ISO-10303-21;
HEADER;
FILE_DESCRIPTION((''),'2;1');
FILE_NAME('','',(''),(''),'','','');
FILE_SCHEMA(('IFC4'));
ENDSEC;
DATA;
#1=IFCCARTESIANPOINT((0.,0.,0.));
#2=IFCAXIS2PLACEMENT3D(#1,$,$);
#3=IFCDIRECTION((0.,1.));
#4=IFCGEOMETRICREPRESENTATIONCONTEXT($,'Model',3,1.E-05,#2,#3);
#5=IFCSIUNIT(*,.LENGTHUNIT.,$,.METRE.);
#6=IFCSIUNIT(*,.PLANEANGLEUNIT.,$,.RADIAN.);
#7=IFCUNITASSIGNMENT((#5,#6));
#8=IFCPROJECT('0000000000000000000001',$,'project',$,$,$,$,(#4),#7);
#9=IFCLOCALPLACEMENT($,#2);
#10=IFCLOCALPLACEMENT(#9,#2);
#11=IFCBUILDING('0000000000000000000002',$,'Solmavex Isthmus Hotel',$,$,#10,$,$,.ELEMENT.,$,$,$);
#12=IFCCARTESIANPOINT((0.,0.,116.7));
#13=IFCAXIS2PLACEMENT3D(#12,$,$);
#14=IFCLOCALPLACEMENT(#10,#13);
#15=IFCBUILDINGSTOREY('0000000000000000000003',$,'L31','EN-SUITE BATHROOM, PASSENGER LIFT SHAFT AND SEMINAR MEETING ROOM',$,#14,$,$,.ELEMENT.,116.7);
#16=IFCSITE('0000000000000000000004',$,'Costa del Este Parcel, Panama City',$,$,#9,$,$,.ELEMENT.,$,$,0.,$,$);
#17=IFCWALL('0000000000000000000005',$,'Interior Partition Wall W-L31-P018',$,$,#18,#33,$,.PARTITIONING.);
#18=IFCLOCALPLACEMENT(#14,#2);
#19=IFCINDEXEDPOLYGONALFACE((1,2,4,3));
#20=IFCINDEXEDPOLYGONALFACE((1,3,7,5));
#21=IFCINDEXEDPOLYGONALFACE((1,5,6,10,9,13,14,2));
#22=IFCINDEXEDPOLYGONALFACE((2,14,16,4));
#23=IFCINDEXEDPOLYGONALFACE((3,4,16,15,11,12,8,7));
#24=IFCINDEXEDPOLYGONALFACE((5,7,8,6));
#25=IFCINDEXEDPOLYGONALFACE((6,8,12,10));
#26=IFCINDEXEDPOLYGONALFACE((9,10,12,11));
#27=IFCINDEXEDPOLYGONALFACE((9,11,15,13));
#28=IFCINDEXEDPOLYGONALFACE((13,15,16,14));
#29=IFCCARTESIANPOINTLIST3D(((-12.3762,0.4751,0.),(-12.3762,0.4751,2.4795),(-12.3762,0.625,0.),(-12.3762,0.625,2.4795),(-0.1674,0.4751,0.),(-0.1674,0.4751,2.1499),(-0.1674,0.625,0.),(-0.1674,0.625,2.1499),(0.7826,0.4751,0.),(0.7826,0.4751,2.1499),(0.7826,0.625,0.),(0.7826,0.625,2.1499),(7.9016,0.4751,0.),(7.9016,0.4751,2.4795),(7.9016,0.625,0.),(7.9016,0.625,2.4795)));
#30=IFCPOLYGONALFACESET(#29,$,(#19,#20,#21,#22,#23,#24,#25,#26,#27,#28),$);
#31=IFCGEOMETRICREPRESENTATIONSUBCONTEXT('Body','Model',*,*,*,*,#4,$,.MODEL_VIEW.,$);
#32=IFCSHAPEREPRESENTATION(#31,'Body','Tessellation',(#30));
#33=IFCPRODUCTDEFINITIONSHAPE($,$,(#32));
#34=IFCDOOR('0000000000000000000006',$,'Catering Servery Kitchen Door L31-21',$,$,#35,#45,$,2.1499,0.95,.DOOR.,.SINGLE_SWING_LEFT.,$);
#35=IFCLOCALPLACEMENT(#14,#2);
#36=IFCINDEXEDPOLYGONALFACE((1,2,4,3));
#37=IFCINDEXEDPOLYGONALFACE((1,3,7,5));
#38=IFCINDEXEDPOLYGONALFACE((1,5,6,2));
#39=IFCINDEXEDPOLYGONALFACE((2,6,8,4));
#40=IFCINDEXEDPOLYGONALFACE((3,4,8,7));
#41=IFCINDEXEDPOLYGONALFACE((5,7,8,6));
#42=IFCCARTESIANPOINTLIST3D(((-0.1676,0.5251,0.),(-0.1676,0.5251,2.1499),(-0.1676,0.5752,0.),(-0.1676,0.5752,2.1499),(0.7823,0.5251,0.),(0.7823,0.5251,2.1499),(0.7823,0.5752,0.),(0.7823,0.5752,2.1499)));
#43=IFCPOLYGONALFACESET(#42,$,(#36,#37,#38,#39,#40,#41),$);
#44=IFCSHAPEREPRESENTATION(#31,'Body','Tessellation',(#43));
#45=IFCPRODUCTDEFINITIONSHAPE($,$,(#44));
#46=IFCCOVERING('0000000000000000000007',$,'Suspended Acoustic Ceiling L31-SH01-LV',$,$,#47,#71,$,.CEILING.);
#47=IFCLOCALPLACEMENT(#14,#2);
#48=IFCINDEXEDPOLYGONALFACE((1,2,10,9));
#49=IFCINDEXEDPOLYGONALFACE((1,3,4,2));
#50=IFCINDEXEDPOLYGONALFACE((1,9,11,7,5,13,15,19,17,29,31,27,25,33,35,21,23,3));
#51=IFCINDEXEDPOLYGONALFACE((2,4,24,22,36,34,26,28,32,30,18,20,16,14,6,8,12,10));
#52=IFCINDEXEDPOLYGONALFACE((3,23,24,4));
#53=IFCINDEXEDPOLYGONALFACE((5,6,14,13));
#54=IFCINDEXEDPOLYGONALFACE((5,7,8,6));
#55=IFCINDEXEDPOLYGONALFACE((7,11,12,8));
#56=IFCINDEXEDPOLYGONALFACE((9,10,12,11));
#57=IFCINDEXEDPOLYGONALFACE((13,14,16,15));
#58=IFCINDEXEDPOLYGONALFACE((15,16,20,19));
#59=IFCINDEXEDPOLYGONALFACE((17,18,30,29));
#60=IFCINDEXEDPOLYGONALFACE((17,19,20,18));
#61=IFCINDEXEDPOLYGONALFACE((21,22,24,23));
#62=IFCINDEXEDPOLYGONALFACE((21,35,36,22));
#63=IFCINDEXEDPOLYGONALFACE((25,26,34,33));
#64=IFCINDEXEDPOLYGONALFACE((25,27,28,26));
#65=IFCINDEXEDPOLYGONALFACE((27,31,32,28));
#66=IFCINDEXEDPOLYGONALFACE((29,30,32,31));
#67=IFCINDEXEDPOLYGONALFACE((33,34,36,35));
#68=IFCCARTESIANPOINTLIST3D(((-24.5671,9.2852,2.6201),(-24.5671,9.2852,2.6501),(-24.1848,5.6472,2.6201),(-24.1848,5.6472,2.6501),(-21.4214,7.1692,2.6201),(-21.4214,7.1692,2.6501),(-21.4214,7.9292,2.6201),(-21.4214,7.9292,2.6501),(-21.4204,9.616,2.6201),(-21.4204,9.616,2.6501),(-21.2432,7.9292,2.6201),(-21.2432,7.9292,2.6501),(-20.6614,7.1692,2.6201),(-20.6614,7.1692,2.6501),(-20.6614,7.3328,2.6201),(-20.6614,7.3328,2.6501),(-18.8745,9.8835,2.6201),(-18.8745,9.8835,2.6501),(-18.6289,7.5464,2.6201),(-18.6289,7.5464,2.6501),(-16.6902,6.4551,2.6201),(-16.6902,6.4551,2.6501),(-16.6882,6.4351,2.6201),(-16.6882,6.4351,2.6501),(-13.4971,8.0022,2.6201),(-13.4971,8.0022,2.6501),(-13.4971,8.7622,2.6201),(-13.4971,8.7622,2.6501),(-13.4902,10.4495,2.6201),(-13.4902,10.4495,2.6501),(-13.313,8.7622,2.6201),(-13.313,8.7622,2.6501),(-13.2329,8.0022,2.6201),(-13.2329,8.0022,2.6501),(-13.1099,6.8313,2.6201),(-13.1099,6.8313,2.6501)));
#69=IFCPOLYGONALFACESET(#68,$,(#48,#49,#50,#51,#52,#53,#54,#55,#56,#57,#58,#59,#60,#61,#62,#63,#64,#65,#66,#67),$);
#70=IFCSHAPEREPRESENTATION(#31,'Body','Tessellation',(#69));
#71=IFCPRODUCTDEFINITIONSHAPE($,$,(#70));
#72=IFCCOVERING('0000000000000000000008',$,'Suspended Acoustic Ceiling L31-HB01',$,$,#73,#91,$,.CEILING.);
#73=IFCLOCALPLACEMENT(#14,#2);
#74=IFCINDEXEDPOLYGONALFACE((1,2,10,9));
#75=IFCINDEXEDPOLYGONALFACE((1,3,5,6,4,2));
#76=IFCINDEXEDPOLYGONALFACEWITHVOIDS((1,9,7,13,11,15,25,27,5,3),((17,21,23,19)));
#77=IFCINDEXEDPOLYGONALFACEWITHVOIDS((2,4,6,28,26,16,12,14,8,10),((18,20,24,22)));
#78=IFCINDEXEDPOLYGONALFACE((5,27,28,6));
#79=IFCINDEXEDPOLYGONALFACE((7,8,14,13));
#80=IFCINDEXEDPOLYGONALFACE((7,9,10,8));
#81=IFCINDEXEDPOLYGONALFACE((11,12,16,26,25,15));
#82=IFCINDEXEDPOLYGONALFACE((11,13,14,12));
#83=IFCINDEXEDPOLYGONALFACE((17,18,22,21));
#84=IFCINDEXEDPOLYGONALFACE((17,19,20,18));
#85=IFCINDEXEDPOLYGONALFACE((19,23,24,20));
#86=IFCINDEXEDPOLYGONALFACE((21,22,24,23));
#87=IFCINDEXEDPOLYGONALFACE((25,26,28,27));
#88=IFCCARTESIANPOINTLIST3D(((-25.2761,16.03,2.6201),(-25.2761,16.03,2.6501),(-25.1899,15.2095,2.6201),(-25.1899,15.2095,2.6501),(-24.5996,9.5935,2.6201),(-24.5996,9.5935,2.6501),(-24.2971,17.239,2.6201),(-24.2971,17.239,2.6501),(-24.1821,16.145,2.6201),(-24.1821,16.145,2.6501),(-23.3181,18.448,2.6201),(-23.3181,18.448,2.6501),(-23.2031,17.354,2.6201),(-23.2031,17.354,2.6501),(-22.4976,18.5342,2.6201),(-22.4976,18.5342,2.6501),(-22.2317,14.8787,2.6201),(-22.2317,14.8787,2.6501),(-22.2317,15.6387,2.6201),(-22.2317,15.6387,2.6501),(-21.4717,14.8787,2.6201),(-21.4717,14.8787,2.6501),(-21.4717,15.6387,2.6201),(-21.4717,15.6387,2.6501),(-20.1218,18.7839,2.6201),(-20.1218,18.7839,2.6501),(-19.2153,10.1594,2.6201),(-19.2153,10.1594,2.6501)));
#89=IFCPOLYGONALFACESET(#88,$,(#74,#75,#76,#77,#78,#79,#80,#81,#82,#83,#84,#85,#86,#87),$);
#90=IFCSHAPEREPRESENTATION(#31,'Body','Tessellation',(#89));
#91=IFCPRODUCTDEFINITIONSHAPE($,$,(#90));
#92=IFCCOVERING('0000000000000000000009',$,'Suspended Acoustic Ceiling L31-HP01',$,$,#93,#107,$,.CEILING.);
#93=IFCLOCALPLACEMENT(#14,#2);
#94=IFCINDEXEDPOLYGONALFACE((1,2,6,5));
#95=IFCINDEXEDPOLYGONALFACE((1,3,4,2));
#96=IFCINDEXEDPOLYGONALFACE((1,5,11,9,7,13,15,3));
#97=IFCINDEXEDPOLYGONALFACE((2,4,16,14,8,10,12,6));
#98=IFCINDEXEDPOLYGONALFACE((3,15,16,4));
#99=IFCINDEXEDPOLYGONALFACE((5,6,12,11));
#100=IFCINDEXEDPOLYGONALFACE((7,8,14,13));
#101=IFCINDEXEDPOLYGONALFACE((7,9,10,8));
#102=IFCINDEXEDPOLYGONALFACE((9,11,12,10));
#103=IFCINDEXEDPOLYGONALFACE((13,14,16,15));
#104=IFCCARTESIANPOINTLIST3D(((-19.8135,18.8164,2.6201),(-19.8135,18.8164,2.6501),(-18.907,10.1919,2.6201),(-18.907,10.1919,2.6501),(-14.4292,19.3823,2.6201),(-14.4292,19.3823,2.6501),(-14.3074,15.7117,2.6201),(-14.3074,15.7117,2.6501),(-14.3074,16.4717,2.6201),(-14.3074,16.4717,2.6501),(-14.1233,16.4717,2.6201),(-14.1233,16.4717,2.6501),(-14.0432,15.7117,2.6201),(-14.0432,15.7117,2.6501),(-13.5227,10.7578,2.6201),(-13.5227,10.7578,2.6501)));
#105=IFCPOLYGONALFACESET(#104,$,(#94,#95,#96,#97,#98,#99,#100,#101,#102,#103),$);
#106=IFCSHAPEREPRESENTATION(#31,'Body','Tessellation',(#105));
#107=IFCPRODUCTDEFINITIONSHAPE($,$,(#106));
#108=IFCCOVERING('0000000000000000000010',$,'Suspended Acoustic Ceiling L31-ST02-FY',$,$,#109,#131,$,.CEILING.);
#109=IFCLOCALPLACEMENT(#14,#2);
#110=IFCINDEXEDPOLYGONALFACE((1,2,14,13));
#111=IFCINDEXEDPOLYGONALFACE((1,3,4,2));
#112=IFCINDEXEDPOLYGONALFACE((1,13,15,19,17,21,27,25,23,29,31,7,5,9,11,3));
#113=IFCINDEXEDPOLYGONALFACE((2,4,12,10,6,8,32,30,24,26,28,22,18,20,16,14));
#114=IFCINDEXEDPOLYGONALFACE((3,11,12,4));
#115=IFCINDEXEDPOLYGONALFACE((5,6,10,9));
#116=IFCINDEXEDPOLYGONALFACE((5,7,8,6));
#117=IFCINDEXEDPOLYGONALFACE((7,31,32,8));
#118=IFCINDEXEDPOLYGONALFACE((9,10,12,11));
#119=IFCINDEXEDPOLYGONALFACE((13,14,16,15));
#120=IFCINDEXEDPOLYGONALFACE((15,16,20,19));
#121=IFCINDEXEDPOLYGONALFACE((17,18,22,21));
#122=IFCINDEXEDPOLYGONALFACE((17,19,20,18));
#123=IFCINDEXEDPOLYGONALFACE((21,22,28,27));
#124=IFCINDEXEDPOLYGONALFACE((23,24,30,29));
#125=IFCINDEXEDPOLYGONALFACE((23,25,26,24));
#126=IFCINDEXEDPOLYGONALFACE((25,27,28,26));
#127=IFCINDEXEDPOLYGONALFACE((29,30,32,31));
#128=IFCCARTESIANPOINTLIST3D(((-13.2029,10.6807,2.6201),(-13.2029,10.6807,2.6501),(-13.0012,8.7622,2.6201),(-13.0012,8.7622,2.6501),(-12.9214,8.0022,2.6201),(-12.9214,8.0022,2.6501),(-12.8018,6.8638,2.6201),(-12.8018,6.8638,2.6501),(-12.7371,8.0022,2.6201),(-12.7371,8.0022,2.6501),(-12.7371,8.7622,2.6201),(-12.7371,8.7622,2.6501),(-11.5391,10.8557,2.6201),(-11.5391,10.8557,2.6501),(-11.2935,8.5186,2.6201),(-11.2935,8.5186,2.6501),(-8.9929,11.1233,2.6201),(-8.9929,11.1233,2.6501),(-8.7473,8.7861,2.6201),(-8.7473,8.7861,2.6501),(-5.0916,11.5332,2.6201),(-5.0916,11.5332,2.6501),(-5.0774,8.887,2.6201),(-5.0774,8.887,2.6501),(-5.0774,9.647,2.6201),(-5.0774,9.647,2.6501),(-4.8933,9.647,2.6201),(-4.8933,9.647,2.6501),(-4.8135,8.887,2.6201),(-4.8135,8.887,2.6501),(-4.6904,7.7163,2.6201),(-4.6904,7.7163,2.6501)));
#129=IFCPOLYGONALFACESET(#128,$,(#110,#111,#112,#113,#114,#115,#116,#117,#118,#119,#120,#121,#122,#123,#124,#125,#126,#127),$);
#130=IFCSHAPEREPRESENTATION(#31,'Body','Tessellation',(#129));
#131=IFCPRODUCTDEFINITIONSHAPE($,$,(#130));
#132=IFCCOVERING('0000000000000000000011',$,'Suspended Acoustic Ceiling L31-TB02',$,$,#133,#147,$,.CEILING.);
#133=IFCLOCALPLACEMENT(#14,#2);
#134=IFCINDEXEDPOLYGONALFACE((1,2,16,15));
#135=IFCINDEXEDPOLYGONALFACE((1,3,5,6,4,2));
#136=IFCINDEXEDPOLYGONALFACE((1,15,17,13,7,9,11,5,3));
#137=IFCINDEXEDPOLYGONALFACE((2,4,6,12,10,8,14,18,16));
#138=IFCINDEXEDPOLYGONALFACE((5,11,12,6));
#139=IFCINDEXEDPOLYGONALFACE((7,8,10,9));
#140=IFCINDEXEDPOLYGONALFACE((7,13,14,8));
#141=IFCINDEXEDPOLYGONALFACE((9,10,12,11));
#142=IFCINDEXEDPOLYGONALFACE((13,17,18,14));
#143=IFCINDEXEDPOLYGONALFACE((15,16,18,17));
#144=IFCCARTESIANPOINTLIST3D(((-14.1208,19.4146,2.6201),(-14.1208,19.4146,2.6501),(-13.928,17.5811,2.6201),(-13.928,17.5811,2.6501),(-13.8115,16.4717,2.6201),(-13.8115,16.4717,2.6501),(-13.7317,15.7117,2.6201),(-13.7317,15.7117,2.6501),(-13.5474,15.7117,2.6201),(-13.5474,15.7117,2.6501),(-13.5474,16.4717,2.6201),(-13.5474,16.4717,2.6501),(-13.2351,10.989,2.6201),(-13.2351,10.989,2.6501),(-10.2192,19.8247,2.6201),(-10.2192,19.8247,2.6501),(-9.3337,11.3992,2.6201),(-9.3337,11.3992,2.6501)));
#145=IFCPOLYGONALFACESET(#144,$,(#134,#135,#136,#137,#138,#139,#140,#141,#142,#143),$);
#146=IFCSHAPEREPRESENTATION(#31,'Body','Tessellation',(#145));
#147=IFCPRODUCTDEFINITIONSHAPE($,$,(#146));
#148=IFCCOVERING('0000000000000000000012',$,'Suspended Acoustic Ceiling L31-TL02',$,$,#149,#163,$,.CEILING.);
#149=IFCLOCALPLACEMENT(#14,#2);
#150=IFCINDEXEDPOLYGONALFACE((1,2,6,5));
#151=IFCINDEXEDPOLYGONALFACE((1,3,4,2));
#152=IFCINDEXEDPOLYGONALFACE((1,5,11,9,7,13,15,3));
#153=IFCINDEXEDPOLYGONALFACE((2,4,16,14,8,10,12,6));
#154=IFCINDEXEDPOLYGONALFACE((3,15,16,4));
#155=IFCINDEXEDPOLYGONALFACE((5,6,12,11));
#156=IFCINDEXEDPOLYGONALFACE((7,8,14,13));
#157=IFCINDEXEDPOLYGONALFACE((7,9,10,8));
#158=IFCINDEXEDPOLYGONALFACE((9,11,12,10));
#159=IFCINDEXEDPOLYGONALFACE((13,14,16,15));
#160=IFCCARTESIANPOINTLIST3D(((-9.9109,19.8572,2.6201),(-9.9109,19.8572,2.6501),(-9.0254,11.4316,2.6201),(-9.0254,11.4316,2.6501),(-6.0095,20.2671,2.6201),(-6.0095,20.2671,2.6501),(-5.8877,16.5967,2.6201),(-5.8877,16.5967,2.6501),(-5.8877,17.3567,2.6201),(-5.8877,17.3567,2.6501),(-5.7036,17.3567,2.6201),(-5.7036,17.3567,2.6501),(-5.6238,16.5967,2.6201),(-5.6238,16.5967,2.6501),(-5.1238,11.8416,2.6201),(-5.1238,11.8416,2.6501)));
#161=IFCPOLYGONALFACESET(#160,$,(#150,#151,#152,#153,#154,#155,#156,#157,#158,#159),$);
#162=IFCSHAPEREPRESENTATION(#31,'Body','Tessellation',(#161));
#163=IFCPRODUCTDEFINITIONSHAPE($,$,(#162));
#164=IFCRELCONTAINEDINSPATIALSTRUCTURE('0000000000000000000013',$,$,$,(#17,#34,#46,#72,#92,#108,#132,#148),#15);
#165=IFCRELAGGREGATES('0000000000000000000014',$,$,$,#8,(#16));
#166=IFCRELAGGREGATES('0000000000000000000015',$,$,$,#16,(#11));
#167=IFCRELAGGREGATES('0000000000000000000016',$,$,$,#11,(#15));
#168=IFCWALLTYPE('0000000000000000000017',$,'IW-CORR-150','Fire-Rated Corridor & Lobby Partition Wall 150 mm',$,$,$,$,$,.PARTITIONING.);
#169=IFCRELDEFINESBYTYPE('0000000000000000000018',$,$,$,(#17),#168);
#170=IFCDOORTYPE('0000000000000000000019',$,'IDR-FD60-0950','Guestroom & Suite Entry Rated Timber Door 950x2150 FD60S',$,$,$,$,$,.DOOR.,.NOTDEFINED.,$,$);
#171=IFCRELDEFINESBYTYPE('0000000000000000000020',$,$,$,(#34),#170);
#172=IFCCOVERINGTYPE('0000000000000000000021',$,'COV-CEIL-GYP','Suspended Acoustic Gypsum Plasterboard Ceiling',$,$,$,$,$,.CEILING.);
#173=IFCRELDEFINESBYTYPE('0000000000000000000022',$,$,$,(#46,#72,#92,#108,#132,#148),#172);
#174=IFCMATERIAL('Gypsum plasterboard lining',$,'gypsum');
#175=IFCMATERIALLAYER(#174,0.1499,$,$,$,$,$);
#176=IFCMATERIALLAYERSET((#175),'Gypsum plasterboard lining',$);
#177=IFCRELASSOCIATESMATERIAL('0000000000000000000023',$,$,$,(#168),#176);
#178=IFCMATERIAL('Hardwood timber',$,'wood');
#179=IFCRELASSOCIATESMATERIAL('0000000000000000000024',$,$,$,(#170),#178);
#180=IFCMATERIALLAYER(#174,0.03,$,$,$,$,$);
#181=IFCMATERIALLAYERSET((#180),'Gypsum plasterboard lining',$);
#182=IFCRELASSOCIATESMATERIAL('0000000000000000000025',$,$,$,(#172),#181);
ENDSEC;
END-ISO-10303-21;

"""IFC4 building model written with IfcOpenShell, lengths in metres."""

from ifc_helpers import new_model, si_unit, direction, frame, frame_2d, origin, place, context, subcontext, project, spatial, polyline, rectangle, outline, extrude, material, layer, layer_set, type_object, element, fill, save


model = new_model("IFC4")

# Units and contexts
model_context = context("Model", 3, precision=1e-05, world=origin(), true_north=direction((0.0, 1.0)))
body_context = subcontext(model_context, "Body", "Model", "MODEL_VIEW")
ifc_project = project(units=[si_unit("LENGTHUNIT", "METRE"), si_unit("PLANEANGLEUNIT", "RADIAN")], contexts=[model_context])

# Site, building, storey
site_placement = place(None, origin())
site = spatial("IfcSite", under=ifc_project, at=site_placement, Name="Costa del Este Parcel, Panama City", CompositionType="ELEMENT", RefElevation=0.0)
building_placement = place(site_placement, origin())
building = spatial("IfcBuilding", under=site, at=building_placement, Name="Solmavex Isthmus Hotel", CompositionType="ELEMENT")
storey_placement = place(building_placement, frame((0.0, 0.0, 116.7)))
storey = spatial("IfcBuildingStorey", under=building, at=storey_placement, Name="L31", Description="EN-SUITE BATHROOM, PASSENGER LIFT SHAFT AND SEMINAR MEETING ROOM", CompositionType="ELEMENT", Elevation=116.7)

# Shared definitions
ifc_material_1 = material(Name="Gypsum plasterboard lining", Category="gypsum")

# Wall, opening, door
ifc_layer_1 = layer(ifc_material_1, 0.1499)
ifc_layer_set_1 = layer_set([ifc_layer_1], Name="Gypsum plasterboard lining")
wall_type_1 = type_object("IfcWallType", Name="IW-CORR-150", Description="Fire-Rated Corridor & Lobby Partition Wall 150 mm", PredefinedType="PARTITIONING", material=ifc_layer_set_1)
wall_1_placement = place(storey_placement, frame((-12.3762, 0.55, 0.0), z_axis=(0.0, 0.0, 1.0), x_axis=(1.0, 0.0, 0.0)))
wall_1 = element("IfcWall", 1, at=wall_1_placement, inside=storey, type_object=wall_type_1, Name="Interior Partition Wall W-L31-P018", PredefinedType="PARTITIONING", context=body_context, shape_type="SweptSolid", body=[
    extrude(rectangle(XDim=20.2778, YDim=0.1499, at=frame_2d((10.1389, 0.0))), origin(), (0.0, 0.0, 1.0), 2.4795),
])
opening_placement = place(wall_1_placement, frame((12.2087, 0.0, 0.0)))
opening = element("IfcOpeningElement", 2, at=opening_placement, cuts=wall_1, PredefinedType="OPENING", context=body_context, shape_type="SweptSolid", body=[
    extrude(rectangle(XDim=0.95, YDim=2.1499, at=frame_2d((0.4751, 1.075))), frame((0.0, 0.085, 0.0), z_axis=(0.0, -1.0, 0.0), x_axis=(1.0, 0.0, 0.0)), (0.0, 0.0, 1.0), 0.1699),
])
ifc_material_2 = material(Name="Hardwood timber", Category="wood")
door_type = type_object("IfcDoorType", Name="IDR-FD60-0950", Description="Guestroom & Suite Entry Rated Timber Door 950x2150 FD60S", OperationType="NOTDEFINED", PredefinedType="DOOR", material=ifc_material_2)
door_placement = place(opening_placement, frame((0.95, 0.0, 0.0), z_axis=(0.0, 0.0, 1.0), x_axis=(-1.0, 0.0, 0.0)))
door = element("IfcDoor", 3, at=door_placement, inside=storey, type_object=door_type, Name="Catering Servery Kitchen Door L31-21", OperationType="SINGLE_SWING_LEFT", OverallHeight=2.1499, OverallWidth=0.95, PredefinedType="DOOR", context=body_context, shape_type="SweptSolid", body=[
    extrude(rectangle(XDim=0.95, YDim=2.1499, at=frame_2d((0.4751, 1.075))), frame((0.0, 0.0249, 0.0), z_axis=(0.0, -1.0, 0.0), x_axis=(1.0, 0.0, 0.0)), (0.0, 0.0, 1.0), 0.05),
])
fill(opening, door)

# Coverings
ifc_layer_2 = layer(ifc_material_1, 0.03)
ifc_layer_set_2 = layer_set([ifc_layer_2], Name="Gypsum plasterboard lining")
covering_type_1 = type_object("IfcCoveringType", Name="COV-CEIL-GYP", Description="Suspended Acoustic Gypsum Plasterboard Ceiling", PredefinedType="CEILING", material=ifc_layer_set_2)
covering_1_placement = place(storey_placement, frame((0.0, 0.0, 2.6201)))
element("IfcCovering", 4, at=covering_1_placement, inside=storey, type_object=covering_type_1, Name="Suspended Acoustic Ceiling L31-SH01-LV", PredefinedType="CEILING", context=body_context, shape_type="SweptSolid", body=[
    extrude(outline(polyline([(-21.4204, 9.616), (-24.5671, 9.2852), (-24.1848, 5.6472), (-16.6882, 6.4351), (-16.6902, 6.4551), (-13.1099, 6.8313), (-13.2329, 8.0022), (-13.4971, 8.0022), (-13.4971, 8.7622), (-13.313, 8.7622), (-13.4902, 10.4495), (-18.8745, 9.8835), (-18.6289, 7.5464), (-20.6614, 7.3328), (-20.6614, 7.1692), (-21.4214, 7.1692), (-21.4214, 7.9292), (-21.2432, 7.9292), (-21.4204, 9.616)])), origin(), (0.0, 0.0, 1.0), 0.03),
])
covering_2_placement = place(storey_placement, frame((0.0, 0.0, 2.6201)))
element("IfcCovering", 5, at=covering_2_placement, inside=storey, type_object=covering_type_1, Name="Suspended Acoustic Ceiling L31-HB01", PredefinedType="CEILING", context=body_context, shape_type="SweptSolid", body=[
    extrude(outline(polyline([(-25.2761, 16.03), (-25.1899, 15.2095), (-24.5996, 9.5935), (-19.2153, 10.1594), (-20.1218, 18.7839), (-22.4976, 18.5342), (-23.3181, 18.448), (-23.2031, 17.354), (-24.2971, 17.239), (-24.1821, 16.145), (-25.2761, 16.03)]), holes=[polyline([(-22.2317, 14.8787), (-22.2317, 15.6387), (-21.4717, 15.6387), (-21.4717, 14.8787), (-22.2317, 14.8787)])]), origin(), (0.0, 0.0, 1.0), 0.03),
])
covering_3_placement = place(storey_placement, frame((0.0, 0.0, 2.6201)))
element("IfcCovering", 6, at=covering_3_placement, inside=storey, type_object=covering_type_1, Name="Suspended Acoustic Ceiling L31-HP01", PredefinedType="CEILING", context=body_context, shape_type="SweptSolid", body=[
    extrude(outline(polyline([(-14.0432, 15.7117), (-14.3074, 15.7117), (-14.3074, 16.4717), (-14.1233, 16.4717), (-14.4292, 19.3823), (-19.8135, 18.8164), (-18.907, 10.1919), (-13.5227, 10.7578), (-14.0432, 15.7117)])), origin(), (0.0, 0.0, 1.0), 0.03),
])
covering_4_placement = place(storey_placement, frame((0.0, 0.0, 2.6201)))
element("IfcCovering", 7, at=covering_4_placement, inside=storey, type_object=covering_type_1, Name="Suspended Acoustic Ceiling L31-ST02-FY", PredefinedType="CEILING", context=body_context, shape_type="SweptSolid", body=[
    extrude(outline(polyline([(-4.8135, 8.887), (-5.0774, 8.887), (-5.0774, 9.647), (-4.8933, 9.647), (-5.0916, 11.5332), (-8.9929, 11.1233), (-8.7473, 8.7861), (-11.2935, 8.5186), (-11.5391, 10.8557), (-13.2029, 10.6807), (-13.0012, 8.7622), (-12.7371, 8.7622), (-12.7371, 8.0022), (-12.9214, 8.0022), (-12.8018, 6.8638), (-4.6904, 7.7163), (-4.8135, 8.887)])), origin(), (0.0, 0.0, 1.0), 0.03),
])
covering_5_placement = place(storey_placement, frame((0.0, 0.0, 2.6201)))
element("IfcCovering", 8, at=covering_5_placement, inside=storey, type_object=covering_type_1, Name="Suspended Acoustic Ceiling L31-TB02", PredefinedType="CEILING", context=body_context, shape_type="SweptSolid", body=[
    extrude(outline(polyline([(-13.8115, 16.4717), (-13.5474, 16.4717), (-13.5474, 15.7117), (-13.7317, 15.7117), (-13.2351, 10.989), (-9.3337, 11.3992), (-10.2192, 19.8247), (-14.1208, 19.4146), (-13.928, 17.5811), (-13.8115, 16.4717)])), origin(), (0.0, 0.0, 1.0), 0.03),
])
covering_6_placement = place(storey_placement, frame((0.0, 0.0, 2.6201)))
element("IfcCovering", 9, at=covering_6_placement, inside=storey, type_object=covering_type_1, Name="Suspended Acoustic Ceiling L31-TL02", PredefinedType="CEILING", context=body_context, shape_type="SweptSolid", body=[
    extrude(outline(polyline([(-5.6238, 16.5967), (-5.8877, 16.5967), (-5.8877, 17.3567), (-5.7036, 17.3567), (-6.0095, 20.2671), (-9.9109, 19.8572), (-9.0254, 11.4316), (-5.1238, 11.8416), (-5.6238, 16.5967)])), origin(), (0.0, 0.0, 1.0), 0.03),
])

save(model, "model.ifc")
